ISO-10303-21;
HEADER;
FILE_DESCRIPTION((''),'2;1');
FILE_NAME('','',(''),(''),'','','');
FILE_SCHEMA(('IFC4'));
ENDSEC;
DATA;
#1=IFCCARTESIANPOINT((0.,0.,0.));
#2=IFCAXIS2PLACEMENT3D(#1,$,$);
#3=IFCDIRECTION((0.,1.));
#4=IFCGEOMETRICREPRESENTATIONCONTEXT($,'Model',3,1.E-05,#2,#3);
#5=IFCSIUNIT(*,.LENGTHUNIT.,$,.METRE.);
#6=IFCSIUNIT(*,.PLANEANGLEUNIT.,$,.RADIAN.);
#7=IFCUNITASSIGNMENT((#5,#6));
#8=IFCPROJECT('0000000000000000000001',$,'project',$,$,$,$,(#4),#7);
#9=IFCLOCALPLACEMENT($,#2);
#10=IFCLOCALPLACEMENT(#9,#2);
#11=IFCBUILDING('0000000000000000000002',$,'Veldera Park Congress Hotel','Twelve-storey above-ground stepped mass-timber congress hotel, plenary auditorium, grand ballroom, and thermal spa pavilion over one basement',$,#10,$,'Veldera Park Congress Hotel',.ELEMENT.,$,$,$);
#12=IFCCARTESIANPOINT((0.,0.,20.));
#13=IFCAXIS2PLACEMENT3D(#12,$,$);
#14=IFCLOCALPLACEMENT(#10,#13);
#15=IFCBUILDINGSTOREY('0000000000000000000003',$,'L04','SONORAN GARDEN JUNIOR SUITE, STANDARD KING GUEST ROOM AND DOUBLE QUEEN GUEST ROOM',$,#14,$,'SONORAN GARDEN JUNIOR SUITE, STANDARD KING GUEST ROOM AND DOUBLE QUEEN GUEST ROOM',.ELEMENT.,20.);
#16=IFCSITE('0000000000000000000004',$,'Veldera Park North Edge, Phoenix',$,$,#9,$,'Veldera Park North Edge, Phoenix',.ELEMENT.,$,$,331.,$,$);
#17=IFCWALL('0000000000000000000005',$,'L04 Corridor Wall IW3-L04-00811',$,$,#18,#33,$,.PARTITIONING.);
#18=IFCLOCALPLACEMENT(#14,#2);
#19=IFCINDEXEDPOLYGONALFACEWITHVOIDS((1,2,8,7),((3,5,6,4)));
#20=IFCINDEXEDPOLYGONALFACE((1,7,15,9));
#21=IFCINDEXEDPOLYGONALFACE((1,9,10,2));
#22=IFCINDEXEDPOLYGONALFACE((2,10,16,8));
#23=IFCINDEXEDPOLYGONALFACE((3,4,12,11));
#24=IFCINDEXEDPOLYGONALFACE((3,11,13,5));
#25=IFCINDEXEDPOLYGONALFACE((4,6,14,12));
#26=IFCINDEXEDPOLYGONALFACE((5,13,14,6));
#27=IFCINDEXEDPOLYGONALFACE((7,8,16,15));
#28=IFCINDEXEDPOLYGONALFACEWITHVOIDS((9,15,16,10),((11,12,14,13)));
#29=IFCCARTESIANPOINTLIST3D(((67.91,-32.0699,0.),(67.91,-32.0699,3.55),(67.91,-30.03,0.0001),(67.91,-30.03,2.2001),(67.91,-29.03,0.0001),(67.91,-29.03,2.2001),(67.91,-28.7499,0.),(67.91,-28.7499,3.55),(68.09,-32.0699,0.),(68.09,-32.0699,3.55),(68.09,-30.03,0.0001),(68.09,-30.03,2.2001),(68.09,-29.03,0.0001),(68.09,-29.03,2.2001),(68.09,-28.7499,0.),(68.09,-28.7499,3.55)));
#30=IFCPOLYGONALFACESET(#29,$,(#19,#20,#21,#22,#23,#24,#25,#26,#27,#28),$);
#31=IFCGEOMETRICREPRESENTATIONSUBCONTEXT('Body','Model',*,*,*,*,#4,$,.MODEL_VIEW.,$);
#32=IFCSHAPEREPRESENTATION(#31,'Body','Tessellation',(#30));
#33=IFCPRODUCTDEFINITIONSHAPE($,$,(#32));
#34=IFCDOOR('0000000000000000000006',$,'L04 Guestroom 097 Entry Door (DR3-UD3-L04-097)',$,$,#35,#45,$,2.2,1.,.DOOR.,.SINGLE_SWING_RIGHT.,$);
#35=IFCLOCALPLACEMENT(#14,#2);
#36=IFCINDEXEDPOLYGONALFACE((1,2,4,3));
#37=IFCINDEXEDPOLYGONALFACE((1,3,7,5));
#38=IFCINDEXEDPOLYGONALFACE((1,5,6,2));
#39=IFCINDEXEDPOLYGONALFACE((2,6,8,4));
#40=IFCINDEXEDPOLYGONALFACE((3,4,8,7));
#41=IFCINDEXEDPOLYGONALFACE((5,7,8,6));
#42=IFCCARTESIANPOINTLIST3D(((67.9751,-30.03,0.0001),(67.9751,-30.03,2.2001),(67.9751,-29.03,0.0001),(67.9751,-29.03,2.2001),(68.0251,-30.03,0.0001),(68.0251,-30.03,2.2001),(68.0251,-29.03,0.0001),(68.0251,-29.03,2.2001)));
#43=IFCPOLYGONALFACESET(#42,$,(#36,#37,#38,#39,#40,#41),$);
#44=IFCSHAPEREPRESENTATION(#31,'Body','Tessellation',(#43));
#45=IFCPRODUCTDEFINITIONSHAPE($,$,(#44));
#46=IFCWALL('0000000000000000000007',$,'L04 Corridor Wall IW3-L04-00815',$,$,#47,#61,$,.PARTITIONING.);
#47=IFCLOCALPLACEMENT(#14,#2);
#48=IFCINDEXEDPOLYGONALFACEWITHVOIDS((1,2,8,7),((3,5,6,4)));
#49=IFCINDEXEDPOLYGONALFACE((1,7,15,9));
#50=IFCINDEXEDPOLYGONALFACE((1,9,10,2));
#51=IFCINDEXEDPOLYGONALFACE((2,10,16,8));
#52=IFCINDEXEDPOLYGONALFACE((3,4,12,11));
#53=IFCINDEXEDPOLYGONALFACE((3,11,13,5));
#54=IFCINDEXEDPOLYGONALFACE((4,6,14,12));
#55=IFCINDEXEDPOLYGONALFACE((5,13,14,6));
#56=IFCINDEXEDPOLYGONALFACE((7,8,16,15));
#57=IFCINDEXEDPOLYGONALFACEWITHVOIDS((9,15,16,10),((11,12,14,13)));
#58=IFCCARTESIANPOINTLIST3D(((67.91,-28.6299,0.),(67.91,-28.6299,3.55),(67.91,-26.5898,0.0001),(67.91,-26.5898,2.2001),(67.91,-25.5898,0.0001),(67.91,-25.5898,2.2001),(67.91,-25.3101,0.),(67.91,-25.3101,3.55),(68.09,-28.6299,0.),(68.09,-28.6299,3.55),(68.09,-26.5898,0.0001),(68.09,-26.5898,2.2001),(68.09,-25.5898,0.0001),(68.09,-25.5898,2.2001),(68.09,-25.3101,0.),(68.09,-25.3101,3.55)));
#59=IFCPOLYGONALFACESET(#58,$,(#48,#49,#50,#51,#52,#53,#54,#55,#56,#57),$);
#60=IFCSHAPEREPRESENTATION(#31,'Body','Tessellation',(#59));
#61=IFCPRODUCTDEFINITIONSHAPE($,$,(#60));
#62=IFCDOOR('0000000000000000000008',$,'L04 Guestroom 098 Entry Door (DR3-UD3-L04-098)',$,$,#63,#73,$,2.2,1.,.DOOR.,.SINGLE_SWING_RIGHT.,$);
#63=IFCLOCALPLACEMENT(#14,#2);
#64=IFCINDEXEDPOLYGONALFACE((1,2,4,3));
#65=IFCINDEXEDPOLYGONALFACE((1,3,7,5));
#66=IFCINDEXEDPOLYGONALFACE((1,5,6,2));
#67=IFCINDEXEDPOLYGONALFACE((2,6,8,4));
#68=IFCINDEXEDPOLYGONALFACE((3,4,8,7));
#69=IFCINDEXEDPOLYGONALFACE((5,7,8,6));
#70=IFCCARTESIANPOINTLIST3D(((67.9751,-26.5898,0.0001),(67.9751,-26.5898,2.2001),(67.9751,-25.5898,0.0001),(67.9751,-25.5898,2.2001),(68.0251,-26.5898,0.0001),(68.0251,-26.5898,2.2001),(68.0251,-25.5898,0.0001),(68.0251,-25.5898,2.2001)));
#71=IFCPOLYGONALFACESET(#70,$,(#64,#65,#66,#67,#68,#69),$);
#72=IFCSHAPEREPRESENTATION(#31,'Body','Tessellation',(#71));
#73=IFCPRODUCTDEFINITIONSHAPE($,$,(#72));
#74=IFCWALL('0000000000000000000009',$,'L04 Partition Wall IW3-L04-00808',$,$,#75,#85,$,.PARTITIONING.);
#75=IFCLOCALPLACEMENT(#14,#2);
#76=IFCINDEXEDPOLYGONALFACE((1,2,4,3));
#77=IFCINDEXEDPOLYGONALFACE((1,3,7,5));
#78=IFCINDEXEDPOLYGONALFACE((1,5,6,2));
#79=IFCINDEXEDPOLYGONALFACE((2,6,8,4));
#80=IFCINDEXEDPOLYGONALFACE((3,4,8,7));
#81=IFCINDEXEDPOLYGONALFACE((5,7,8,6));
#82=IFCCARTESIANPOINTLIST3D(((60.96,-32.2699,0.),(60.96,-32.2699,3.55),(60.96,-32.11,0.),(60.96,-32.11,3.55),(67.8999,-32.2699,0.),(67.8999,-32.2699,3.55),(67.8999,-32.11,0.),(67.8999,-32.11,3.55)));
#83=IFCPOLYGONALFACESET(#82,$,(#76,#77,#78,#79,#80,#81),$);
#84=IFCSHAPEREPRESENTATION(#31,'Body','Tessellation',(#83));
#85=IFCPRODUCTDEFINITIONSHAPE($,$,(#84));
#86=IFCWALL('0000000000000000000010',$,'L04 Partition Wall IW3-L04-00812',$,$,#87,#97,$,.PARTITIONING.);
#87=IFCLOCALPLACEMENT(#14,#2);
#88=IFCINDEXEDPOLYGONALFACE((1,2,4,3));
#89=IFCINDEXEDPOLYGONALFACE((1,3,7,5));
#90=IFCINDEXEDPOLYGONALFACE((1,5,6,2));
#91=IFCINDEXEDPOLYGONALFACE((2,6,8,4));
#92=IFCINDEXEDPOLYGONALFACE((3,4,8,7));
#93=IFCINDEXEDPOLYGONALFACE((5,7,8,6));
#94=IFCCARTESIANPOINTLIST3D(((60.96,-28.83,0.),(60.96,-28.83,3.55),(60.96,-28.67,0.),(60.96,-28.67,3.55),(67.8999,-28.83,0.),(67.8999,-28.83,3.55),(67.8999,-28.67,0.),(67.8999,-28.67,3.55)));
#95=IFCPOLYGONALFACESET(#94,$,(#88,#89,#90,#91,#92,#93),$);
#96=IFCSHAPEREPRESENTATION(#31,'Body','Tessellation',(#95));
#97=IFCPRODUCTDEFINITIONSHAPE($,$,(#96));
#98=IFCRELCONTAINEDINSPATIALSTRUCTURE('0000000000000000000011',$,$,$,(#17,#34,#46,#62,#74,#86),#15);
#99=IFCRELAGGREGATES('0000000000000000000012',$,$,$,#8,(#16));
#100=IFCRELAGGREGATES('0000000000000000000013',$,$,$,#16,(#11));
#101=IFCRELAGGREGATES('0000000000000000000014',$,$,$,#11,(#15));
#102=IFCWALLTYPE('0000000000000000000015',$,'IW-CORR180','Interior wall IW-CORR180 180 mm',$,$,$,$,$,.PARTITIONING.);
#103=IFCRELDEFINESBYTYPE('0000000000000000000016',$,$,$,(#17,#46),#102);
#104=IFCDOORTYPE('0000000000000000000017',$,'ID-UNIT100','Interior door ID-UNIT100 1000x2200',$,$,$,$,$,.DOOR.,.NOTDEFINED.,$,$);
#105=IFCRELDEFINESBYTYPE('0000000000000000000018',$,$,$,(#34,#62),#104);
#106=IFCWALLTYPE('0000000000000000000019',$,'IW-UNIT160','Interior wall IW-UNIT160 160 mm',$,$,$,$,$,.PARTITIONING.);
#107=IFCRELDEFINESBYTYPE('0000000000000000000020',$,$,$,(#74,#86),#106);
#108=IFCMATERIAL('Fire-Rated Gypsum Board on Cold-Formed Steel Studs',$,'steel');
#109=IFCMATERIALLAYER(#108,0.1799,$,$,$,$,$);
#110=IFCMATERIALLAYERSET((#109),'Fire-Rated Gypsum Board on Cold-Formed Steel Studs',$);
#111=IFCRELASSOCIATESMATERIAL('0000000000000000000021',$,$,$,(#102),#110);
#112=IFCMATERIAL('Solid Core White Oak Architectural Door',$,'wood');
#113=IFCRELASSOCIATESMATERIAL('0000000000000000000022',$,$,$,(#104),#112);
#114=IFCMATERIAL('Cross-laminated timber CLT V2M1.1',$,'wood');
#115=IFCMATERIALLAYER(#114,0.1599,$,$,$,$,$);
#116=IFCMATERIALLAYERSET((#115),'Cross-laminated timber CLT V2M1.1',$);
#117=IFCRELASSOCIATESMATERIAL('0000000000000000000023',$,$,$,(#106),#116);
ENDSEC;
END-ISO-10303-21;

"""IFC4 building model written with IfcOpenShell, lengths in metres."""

from ifc_helpers import new_model, si_unit, direction, frame, frame_2d, origin, place, context, subcontext, project, spatial, rectangle, extrude, material, layer, layer_set, type_object, element, fill, save


model = new_model("IFC4")

# Units and contexts
model_context = context("Model", 3, precision=1e-05, world=origin(), true_north=direction((0.0, 1.0)))
body_context = subcontext(model_context, "Body", "Model", "MODEL_VIEW")
ifc_project = project(units=[si_unit("LENGTHUNIT", "METRE"), si_unit("PLANEANGLEUNIT", "RADIAN")], contexts=[model_context])

# Site, building, storey
site_placement = place(None, origin())
site = spatial("IfcSite", under=ifc_project, at=site_placement, Name="Veldera Park North Edge, Phoenix", LongName="Veldera Park North Edge, Phoenix", CompositionType="ELEMENT", RefElevation=331.0)
building_placement = place(site_placement, origin())
building = spatial("IfcBuilding", under=site, at=building_placement, Name="Veldera Park Congress Hotel", Description="Twelve-storey above-ground stepped mass-timber congress hotel, plenary auditorium, grand ballroom, and thermal spa pavilion over one basement", LongName="Veldera Park Congress Hotel", CompositionType="ELEMENT")
storey_placement = place(building_placement, frame((0.0, 0.0, 20.0)))
storey = spatial("IfcBuildingStorey", under=building, at=storey_placement, Name="L04", Description="SONORAN GARDEN JUNIOR SUITE, STANDARD KING GUEST ROOM AND DOUBLE QUEEN GUEST ROOM", LongName="SONORAN GARDEN JUNIOR SUITE, STANDARD KING GUEST ROOM AND DOUBLE QUEEN GUEST ROOM", CompositionType="ELEMENT", Elevation=20.0)

# Shared definitions
ifc_material_1 = material(Name="Cross-laminated timber CLT V2M1.1", Category="wood")

# Shared definitions
ifc_material_2 = material(Name="Fire-Rated Gypsum Board on Cold-Formed Steel Studs", Category="steel")
ifc_material_3 = material(Name="Solid Core White Oak Architectural Door", Category="wood")

# Walls, openings, doors
ifc_layer_1 = layer(ifc_material_2, 0.1799)
ifc_layer_set_1 = layer_set([ifc_layer_1], Name="Fire-Rated Gypsum Board on Cold-Formed Steel Studs")
wall_type_1 = type_object("IfcWallType", Name="IW-CORR180", Description="Interior wall IW-CORR180 180 mm", PredefinedType="PARTITIONING", material=ifc_layer_set_1)
door_type_1 = type_object("IfcDoorType", Name="ID-UNIT100", Description="Interior door ID-UNIT100 1000x2200", OperationType="NOTDEFINED", PredefinedType="DOOR", material=ifc_material_3)
wall_1_placement = place(storey_placement, frame((68.0, -32.0701, 0.0), z_axis=(0.0, 0.0, 1.0), x_axis=(0.0, 1.0, 0.0)))
wall_1 = element("IfcWall", 1, at=wall_1_placement, inside=storey, type_object=wall_type_1, Name="L04 Corridor Wall IW3-L04-00811", PredefinedType="PARTITIONING", context=body_context, shape_type="SweptSolid", body=[
    extrude(rectangle(XDim=3.3201, YDim=0.1799, at=frame_2d((1.6602, 0.0))), origin(), (0.0, 0.0, 1.0), 3.55),
])
opening_1_placement = place(wall_1_placement, frame((2.04, 0.0, 0.0)))
opening_1 = element("IfcOpeningElement", 2, at=opening_1_placement, cuts=wall_1, PredefinedType="OPENING", context=body_context, shape_type="SweptSolid", body=[
    extrude(rectangle(XDim=1.0, YDim=2.2, at=frame_2d((0.5, 1.1001))), frame((0.0, 0.1021, 0.0), z_axis=(0.0, -1.0, 0.0), x_axis=(1.0, 0.0, 0.0)), (0.0, 0.0, 1.0), 0.2039),
])
door_1_placement = place(opening_1_placement, origin())
door_1 = element("IfcDoor", 3, at=door_1_placement, inside=storey, type_object=door_type_1, Name="L04 Guestroom 097 Entry Door (DR3-UD3-L04-097)", OperationType="SINGLE_SWING_RIGHT", OverallHeight=2.2, OverallWidth=1.0, PredefinedType="DOOR", context=body_context, shape_type="SweptSolid", body=[
    extrude(rectangle(XDim=1.0, YDim=2.2, at=frame_2d((0.5, 1.1001))), frame((0.0, 0.0249, 0.0), z_axis=(0.0, -1.0, 0.0), x_axis=(1.0, 0.0, 0.0)), (0.0, 0.0, 1.0), 0.05),
])
fill(opening_1, door_1)
wall_2_placement = place(storey_placement, frame((68.0, -28.6299, 0.0), z_axis=(0.0, 0.0, 1.0), x_axis=(0.0, 1.0, 0.0)))
wall_2 = element("IfcWall", 4, at=wall_2_placement, inside=storey, type_object=wall_type_1, Name="L04 Corridor Wall IW3-L04-00815", PredefinedType="PARTITIONING", context=body_context, shape_type="SweptSolid", body=[
    extrude(rectangle(XDim=3.3198, YDim=0.1799, at=frame_2d((1.6599, 0.0))), origin(), (0.0, 0.0, 1.0), 3.55),
])
opening_2_placement = place(wall_2_placement, frame((2.04, 0.0, 0.0)))
opening_2 = element("IfcOpeningElement", 5, at=opening_2_placement, cuts=wall_2, PredefinedType="OPENING", context=body_context, shape_type="SweptSolid", body=[
    extrude(rectangle(XDim=1.0, YDim=2.2, at=frame_2d((0.5, 1.1001))), frame((0.0, 0.1021, 0.0), z_axis=(0.0, -1.0, 0.0), x_axis=(1.0, 0.0, 0.0)), (0.0, 0.0, 1.0), 0.2039),
])
door_2_placement = place(opening_2_placement, origin())
door_2 = element("IfcDoor", 6, at=door_2_placement, inside=storey, type_object=door_type_1, Name="L04 Guestroom 098 Entry Door (DR3-UD3-L04-098)", OperationType="SINGLE_SWING_RIGHT", OverallHeight=2.2, OverallWidth=1.0, PredefinedType="DOOR", context=body_context, shape_type="SweptSolid", body=[
    extrude(rectangle(XDim=1.0, YDim=2.2, at=frame_2d((0.5, 1.1001))), frame((0.0, 0.0249, 0.0), z_axis=(0.0, -1.0, 0.0), x_axis=(1.0, 0.0, 0.0)), (0.0, 0.0, 1.0), 0.05),
])
fill(opening_2, door_2)

# Walls
ifc_layer_2 = layer(ifc_material_1, 0.1599)
ifc_layer_set_2 = layer_set([ifc_layer_2], Name="Cross-laminated timber CLT V2M1.1")
wall_type_2 = type_object("IfcWallType", Name="IW-UNIT160", Description="Interior wall IW-UNIT160 160 mm", PredefinedType="PARTITIONING", material=ifc_layer_set_2)
for number, where, z_axis, x_axis, name in (
    (7, (60.96, -32.1899, 0.0), (0.0, 0.0, 1.0), (1.0, 0.0, 0.0), "L04 Partition Wall IW3-L04-00808"),
    (8, (60.96, -28.75, 0.0), (0.0, 0.0, 1.0), (1.0, 0.0, 0.0), "L04 Partition Wall IW3-L04-00812"),
):
    element("IfcWall", number, at=place(storey_placement, frame(where, z_axis=z_axis, x_axis=x_axis)), inside=storey, type_object=wall_type_2, Name=name, PredefinedType="PARTITIONING", context=body_context, shape_type="SweptSolid", body=[
        extrude(rectangle(XDim=6.9399, YDim=0.1599, at=frame_2d((3.47, 0.0))), origin(), (0.0, 0.0, 1.0), 3.55),
    ])

save(model, "model.ifc")
